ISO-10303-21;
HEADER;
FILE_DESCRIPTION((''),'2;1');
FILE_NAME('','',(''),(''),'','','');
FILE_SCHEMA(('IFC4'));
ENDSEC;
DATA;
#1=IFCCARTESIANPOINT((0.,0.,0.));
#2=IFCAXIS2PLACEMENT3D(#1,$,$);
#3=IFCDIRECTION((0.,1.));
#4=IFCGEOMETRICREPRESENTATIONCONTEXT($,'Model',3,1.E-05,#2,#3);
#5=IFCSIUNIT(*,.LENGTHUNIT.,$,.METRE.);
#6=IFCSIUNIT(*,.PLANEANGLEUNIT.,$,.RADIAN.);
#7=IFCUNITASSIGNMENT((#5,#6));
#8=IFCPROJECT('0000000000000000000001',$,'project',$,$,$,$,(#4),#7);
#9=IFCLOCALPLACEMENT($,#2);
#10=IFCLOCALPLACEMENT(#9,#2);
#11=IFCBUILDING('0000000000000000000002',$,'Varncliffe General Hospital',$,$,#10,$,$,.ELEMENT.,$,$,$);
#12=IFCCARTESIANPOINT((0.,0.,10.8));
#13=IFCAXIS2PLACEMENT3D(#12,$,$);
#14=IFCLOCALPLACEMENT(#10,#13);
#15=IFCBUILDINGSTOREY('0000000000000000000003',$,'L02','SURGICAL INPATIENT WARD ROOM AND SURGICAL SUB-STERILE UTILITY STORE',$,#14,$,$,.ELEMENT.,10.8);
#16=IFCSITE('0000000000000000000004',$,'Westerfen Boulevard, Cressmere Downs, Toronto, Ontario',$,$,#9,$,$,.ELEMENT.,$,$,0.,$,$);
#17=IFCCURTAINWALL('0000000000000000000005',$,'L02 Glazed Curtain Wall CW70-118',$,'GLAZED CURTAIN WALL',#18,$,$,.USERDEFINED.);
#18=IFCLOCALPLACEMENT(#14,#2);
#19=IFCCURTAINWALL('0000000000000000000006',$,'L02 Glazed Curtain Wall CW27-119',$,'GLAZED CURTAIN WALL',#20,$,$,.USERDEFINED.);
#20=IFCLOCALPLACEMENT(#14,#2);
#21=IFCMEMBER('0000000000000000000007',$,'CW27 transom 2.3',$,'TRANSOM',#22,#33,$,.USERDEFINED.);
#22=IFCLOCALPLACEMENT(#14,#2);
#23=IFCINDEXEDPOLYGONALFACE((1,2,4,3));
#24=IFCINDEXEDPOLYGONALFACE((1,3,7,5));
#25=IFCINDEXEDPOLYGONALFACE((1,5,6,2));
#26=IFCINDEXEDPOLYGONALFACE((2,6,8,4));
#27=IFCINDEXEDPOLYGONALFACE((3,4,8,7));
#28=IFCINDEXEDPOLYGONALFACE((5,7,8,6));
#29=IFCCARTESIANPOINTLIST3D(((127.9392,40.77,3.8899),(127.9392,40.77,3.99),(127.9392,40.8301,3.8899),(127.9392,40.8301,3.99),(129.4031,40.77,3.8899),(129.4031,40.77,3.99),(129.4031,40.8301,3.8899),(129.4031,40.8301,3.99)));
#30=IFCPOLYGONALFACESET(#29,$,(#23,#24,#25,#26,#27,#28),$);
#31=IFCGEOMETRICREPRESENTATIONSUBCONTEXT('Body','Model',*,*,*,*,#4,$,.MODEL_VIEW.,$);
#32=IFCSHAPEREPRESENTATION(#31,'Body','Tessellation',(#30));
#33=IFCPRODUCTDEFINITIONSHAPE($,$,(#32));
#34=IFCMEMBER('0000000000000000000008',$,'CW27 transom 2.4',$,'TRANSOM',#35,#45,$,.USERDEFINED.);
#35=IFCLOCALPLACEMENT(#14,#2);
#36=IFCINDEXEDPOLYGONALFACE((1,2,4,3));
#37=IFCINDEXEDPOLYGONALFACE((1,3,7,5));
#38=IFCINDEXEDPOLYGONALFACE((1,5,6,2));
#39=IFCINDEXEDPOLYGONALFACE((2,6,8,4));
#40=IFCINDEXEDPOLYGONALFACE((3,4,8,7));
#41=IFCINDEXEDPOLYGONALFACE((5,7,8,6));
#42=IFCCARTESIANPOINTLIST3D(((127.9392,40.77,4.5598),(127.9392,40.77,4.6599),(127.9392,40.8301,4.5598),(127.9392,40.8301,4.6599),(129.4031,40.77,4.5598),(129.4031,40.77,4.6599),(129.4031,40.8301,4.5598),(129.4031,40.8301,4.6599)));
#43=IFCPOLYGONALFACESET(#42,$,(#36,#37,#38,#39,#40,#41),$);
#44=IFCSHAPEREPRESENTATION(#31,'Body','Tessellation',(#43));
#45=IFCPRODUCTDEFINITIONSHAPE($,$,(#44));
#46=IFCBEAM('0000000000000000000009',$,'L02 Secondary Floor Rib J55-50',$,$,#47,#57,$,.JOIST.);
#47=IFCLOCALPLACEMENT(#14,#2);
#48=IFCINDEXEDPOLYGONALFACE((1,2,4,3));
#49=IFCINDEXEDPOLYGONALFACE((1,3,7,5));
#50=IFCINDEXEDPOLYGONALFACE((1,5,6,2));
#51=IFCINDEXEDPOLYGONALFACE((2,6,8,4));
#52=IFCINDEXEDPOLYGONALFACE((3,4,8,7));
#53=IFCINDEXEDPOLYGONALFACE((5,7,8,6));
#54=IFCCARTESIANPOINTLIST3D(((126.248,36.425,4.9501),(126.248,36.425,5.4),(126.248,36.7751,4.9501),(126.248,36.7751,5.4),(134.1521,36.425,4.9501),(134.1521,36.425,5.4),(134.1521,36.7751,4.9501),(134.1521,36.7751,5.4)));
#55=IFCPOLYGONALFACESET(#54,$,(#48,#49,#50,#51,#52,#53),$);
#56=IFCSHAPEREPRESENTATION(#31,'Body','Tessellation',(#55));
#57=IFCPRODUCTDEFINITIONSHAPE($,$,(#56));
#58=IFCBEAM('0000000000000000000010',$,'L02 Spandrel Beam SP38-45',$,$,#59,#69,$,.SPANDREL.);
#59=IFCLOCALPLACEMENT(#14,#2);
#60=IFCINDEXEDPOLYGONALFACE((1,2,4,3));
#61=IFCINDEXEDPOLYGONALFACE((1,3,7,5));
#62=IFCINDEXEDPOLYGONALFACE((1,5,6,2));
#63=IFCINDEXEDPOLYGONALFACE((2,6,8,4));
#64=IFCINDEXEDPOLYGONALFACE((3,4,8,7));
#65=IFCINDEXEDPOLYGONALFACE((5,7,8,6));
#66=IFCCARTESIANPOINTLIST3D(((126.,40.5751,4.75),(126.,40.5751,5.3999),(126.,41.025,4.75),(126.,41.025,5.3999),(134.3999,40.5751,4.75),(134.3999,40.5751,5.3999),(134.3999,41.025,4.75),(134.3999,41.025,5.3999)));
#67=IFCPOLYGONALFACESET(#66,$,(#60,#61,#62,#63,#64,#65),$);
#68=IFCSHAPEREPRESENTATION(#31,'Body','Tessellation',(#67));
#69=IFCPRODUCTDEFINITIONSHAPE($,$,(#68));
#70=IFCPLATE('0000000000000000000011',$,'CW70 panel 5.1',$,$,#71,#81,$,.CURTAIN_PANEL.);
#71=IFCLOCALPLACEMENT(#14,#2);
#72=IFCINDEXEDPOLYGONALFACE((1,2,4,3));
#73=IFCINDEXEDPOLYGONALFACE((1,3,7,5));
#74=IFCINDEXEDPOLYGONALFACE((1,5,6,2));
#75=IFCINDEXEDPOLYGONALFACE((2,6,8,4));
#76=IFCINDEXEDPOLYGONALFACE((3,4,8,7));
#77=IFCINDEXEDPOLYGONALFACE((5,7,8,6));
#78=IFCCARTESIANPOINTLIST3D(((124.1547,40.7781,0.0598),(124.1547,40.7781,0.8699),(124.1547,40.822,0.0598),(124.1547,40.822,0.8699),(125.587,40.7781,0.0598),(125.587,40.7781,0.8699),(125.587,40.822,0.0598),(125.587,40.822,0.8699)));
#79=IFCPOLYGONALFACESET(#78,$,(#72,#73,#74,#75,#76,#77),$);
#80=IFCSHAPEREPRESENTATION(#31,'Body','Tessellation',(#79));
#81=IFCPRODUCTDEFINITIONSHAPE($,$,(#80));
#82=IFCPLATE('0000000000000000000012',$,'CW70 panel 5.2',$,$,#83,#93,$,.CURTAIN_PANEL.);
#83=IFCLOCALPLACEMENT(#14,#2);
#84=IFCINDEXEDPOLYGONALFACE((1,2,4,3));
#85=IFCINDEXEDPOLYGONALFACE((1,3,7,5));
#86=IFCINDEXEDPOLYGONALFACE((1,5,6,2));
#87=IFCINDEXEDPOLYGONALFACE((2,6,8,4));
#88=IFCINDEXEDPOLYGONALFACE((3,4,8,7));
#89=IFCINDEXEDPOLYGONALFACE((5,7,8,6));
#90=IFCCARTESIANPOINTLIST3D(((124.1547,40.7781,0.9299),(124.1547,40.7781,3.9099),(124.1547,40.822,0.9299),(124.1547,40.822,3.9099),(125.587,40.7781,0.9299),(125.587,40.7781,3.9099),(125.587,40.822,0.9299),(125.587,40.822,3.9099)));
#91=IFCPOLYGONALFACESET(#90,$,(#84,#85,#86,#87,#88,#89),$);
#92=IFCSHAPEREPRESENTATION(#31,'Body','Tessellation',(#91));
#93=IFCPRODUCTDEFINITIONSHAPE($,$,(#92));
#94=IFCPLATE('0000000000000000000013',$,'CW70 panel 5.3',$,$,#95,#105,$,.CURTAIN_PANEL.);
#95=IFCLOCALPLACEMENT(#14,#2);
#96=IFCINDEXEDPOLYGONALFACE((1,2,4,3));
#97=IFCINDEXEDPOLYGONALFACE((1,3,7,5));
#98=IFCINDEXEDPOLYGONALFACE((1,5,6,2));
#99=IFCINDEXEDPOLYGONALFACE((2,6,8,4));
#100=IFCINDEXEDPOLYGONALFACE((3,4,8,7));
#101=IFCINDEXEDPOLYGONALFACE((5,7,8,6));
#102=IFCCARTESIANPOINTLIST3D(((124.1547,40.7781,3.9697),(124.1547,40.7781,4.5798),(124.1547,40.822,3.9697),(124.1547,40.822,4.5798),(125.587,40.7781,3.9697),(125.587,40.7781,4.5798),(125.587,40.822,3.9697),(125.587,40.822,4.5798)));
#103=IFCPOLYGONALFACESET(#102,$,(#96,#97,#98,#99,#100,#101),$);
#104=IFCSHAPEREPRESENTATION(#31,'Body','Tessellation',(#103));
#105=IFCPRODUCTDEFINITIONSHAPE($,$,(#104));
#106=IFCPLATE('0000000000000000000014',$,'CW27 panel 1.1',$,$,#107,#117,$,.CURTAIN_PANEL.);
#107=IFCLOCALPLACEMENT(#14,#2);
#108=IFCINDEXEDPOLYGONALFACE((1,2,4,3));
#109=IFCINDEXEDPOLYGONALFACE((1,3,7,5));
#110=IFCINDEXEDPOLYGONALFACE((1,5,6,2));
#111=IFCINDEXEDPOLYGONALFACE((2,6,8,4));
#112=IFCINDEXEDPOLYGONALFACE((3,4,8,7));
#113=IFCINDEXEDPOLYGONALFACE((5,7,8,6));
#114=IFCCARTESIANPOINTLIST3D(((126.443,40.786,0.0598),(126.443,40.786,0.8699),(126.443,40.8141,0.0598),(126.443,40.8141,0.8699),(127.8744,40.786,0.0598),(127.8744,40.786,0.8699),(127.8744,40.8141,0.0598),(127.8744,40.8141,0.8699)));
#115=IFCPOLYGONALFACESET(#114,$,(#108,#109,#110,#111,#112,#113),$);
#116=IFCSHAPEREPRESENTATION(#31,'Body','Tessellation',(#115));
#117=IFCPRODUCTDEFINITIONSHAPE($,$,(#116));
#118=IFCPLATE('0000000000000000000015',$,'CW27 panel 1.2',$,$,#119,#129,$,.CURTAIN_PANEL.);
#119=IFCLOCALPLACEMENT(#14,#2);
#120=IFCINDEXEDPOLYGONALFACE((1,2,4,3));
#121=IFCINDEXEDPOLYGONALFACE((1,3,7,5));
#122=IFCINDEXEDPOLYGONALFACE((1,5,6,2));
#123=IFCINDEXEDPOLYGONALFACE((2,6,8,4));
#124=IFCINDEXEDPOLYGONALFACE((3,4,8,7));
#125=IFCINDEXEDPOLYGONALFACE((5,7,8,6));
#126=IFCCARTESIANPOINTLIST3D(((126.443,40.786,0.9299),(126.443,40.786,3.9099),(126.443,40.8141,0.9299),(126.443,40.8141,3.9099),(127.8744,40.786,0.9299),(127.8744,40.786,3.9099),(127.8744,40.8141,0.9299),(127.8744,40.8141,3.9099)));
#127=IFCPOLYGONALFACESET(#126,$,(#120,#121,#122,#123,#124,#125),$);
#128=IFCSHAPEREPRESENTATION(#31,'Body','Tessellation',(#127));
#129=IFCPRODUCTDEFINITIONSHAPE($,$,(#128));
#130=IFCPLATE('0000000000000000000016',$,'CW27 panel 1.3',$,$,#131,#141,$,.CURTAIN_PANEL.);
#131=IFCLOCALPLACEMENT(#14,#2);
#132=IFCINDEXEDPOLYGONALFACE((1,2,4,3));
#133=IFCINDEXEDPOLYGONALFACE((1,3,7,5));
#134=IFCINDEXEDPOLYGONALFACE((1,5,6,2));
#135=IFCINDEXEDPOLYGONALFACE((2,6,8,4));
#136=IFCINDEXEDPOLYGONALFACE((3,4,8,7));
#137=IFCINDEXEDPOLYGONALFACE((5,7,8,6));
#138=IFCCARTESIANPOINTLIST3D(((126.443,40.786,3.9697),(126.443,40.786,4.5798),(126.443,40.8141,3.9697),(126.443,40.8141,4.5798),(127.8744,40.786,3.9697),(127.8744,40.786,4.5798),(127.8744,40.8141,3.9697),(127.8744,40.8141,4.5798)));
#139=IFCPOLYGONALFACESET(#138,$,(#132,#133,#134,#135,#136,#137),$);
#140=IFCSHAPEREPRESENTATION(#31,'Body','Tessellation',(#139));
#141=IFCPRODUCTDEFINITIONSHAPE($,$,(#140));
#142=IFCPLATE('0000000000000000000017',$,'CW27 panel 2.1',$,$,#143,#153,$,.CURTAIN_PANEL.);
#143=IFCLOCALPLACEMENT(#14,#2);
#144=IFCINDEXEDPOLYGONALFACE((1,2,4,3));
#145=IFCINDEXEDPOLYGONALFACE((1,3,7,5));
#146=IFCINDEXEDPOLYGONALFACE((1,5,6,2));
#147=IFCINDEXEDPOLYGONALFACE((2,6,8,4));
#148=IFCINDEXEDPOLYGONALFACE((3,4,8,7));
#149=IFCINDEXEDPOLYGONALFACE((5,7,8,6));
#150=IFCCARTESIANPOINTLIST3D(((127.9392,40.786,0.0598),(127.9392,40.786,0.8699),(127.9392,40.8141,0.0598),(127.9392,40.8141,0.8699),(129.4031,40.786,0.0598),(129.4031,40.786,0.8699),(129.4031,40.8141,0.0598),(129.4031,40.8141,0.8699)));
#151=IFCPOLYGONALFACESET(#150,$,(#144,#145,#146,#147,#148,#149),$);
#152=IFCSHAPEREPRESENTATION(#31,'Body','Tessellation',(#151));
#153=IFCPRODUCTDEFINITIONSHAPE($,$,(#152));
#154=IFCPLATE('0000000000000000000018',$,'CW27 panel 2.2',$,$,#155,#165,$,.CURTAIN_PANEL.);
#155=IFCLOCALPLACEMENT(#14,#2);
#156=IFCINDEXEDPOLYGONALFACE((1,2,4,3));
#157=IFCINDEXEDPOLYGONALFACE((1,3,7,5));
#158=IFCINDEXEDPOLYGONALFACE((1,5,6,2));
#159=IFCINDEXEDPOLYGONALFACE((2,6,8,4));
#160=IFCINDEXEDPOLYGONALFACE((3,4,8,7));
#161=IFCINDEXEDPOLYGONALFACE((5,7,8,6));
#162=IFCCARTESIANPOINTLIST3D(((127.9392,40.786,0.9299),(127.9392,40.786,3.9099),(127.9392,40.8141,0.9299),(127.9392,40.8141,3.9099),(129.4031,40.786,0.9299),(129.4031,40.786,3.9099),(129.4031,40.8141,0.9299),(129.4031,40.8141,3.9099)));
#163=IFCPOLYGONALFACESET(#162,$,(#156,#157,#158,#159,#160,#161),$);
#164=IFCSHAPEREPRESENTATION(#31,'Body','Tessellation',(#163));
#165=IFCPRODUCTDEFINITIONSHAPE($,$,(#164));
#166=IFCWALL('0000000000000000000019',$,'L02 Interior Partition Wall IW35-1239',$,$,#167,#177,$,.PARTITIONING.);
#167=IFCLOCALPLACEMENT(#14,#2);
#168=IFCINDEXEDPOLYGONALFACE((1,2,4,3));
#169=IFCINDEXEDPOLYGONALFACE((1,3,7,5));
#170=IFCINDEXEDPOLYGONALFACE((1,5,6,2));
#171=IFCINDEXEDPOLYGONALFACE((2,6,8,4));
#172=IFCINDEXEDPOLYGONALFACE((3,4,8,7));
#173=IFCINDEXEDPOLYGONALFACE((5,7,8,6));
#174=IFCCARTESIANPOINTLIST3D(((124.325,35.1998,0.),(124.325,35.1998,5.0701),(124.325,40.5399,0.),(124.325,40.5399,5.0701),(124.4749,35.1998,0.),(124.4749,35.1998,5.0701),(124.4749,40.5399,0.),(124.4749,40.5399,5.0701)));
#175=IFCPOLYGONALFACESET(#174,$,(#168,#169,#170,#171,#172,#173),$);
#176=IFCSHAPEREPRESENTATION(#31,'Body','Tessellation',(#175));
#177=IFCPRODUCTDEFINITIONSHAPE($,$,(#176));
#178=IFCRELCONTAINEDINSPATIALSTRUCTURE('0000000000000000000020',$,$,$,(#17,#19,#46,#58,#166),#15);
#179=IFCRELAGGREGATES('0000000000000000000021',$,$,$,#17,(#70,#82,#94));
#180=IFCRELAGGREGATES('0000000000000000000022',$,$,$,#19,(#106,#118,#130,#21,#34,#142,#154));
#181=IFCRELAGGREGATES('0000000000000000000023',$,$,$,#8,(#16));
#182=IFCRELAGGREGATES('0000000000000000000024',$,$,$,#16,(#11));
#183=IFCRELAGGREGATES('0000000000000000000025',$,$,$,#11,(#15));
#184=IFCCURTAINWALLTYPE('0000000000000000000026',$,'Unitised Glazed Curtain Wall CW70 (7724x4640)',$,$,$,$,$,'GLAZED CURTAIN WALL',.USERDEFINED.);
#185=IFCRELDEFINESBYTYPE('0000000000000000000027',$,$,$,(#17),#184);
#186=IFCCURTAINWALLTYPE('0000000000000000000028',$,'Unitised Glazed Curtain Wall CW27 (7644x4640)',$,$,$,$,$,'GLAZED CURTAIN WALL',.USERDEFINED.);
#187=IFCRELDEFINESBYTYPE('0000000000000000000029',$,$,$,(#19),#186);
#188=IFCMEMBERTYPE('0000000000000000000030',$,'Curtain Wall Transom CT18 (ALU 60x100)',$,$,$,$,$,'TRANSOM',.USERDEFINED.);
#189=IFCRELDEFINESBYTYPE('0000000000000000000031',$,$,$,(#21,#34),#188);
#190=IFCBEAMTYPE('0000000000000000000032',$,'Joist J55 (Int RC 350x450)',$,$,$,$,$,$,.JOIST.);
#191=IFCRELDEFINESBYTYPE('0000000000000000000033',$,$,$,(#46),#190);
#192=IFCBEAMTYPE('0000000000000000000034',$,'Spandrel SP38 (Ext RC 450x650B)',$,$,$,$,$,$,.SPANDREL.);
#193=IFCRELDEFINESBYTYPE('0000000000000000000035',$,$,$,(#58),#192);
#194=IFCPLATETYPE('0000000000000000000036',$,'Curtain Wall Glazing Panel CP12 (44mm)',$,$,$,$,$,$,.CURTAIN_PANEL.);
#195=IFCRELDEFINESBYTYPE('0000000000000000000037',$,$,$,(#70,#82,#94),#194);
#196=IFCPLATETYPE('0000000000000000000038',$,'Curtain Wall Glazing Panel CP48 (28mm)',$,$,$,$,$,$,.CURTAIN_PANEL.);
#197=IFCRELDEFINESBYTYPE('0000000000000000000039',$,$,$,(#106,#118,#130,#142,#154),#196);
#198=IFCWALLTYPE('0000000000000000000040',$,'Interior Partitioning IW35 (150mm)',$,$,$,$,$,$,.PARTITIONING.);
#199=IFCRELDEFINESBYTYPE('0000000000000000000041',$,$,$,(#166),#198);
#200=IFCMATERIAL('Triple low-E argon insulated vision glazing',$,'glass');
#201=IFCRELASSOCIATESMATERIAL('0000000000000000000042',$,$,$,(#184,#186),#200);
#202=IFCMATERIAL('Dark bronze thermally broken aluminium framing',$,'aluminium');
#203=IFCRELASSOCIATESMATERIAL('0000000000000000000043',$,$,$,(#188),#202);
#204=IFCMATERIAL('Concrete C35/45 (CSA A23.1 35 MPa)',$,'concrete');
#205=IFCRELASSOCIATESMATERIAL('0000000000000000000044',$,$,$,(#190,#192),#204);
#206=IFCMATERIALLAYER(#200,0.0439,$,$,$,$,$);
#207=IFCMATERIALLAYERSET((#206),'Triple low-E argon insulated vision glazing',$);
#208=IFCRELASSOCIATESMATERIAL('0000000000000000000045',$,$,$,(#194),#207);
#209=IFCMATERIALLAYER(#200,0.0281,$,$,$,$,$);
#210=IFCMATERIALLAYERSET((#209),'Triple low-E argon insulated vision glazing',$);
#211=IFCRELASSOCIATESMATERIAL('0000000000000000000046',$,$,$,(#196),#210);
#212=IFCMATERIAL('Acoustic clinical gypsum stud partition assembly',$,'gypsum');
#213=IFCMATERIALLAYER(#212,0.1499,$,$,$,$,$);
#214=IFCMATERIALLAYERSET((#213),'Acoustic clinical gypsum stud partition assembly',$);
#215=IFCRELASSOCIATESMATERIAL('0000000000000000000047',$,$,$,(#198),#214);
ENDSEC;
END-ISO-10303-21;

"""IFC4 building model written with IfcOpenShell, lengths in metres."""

from ifc_helpers import new_model, si_unit, direction, frame, frame_2d, origin, origin_2d, place, context, subcontext, project, spatial, rectangle, extrude, material, layer, layer_set, material_profile, profile_set, type_object, element, aggregate, save


model = new_model("IFC4")

# Units and contexts
model_context = context("Model", 3, precision=1e-05, world=origin(), true_north=direction((0.0, 1.0)))
body_context = subcontext(model_context, "Body", "Model", "MODEL_VIEW")
ifc_project = project(units=[si_unit("LENGTHUNIT", "METRE"), si_unit("PLANEANGLEUNIT", "RADIAN")], contexts=[model_context])

# Site, building, storey
site_placement = place(None, origin())
site = spatial("IfcSite", under=ifc_project, at=site_placement, Name="Westerfen Boulevard, Cressmere Downs, Toronto, Ontario", CompositionType="ELEMENT", RefElevation=0.0)
building_placement = place(site_placement, origin())
building = spatial("IfcBuilding", under=site, at=building_placement, Name="Varncliffe General Hospital", CompositionType="ELEMENT")
storey_placement = place(building_placement, frame((0.0, 0.0, 10.8)))
storey = spatial("IfcBuildingStorey", under=building, at=storey_placement, Name="L02", Description="SURGICAL INPATIENT WARD ROOM AND SURGICAL SUB-STERILE UTILITY STORE", CompositionType="ELEMENT", Elevation=10.8)

# Curtain wall
ifc_material_1 = material(Name="Triple low-E argon insulated vision glazing", Category="glass")
curtain_wall_type_1 = type_object("IfcCurtainWallType", Name="Unitised Glazed Curtain Wall CW70 (7724x4640)", ElementType="GLAZED CURTAIN WALL", PredefinedType="USERDEFINED", material=ifc_material_1)
curtain_wall_1_placement = place(storey_placement, origin())
curtain_wall_1 = element("IfcCurtainWall", 1, at=curtain_wall_1_placement, inside=storey, type_object=curtain_wall_type_1, Name="L02 Glazed Curtain Wall CW70-118", ObjectType="GLAZED CURTAIN WALL", PredefinedType="USERDEFINED")
ifc_material_2 = material(Name="Dark bronze thermally broken aluminium framing", Category="aluminium")

# Curtain wall
curtain_wall_type_2 = type_object("IfcCurtainWallType", Name="Unitised Glazed Curtain Wall CW27 (7644x4640)", ElementType="GLAZED CURTAIN WALL", PredefinedType="USERDEFINED", material=ifc_material_1)
curtain_wall_2_placement = place(storey_placement, origin())
curtain_wall_2 = element("IfcCurtainWall", 2, at=curtain_wall_2_placement, inside=storey, type_object=curtain_wall_type_2, Name="L02 Glazed Curtain Wall CW27-119", ObjectType="GLAZED CURTAIN WALL", PredefinedType="USERDEFINED")

# Members
ifc_material_profile_1 = material_profile(ifc_material_2, rectangle(XDim=0.0601, YDim=0.1001, at=origin_2d()), Name="ALU 60x100")
ifc_profile_set_1 = profile_set([ifc_material_profile_1], Name="Dark bronze thermally broken aluminium framing")
member_type_1 = type_object("IfcMemberType", Name="Curtain Wall Transom CT18 (ALU 60x100)", ElementType="TRANSOM", PredefinedType="USERDEFINED", material=ifc_profile_set_1)
member_1_placement = place(storey_placement, frame((127.9392, 40.8, 3.9399), z_axis=(1.0, 0.0, 0.0), x_axis=(0.0, 1.0, 0.0)))
member_1 = element("IfcMember", 3, at=member_1_placement, type_object=member_type_1, Name="CW27 transom 2.3", ObjectType="TRANSOM", PredefinedType="USERDEFINED", context=body_context, shape_type="SweptSolid", body=[
    extrude(rectangle(XDim=0.0601, YDim=0.1001, at=origin_2d()), origin(), (0.0, 0.0, 1.0), 1.4639),
])
member_2_placement = place(storey_placement, frame((127.9392, 40.8, 4.6099), z_axis=(1.0, 0.0, 0.0), x_axis=(0.0, 1.0, 0.0)))
member_2 = element("IfcMember", 4, at=member_2_placement, type_object=member_type_1, Name="CW27 transom 2.4", ObjectType="TRANSOM", PredefinedType="USERDEFINED", context=body_context, shape_type="SweptSolid", body=[
    extrude(rectangle(XDim=0.0601, YDim=0.1001, at=origin_2d()), origin(), (0.0, 0.0, 1.0), 1.4639),
])

# Beams
ifc_material_3 = material(Name="Concrete C35/45 (CSA A23.1 35 MPa)", Category="concrete")
ifc_material_profile_2 = material_profile(ifc_material_3, rectangle(XDim=0.3501, YDim=0.45, at=origin_2d()), Name="RC 350x450")
ifc_profile_set_2 = profile_set([ifc_material_profile_2], Name="Concrete C35/45 (CSA A23.1 35 MPa)")
beam_type_1 = type_object("IfcBeamType", Name="Joist J55 (Int RC 350x450)", PredefinedType="JOIST", material=ifc_profile_set_2)
beam_1_placement = place(storey_placement, frame((126.248, 36.6001, 5.175), z_axis=(1.0, 0.0, 0.0), x_axis=(0.0, 1.0, 0.0)))
element("IfcBeam", 5, at=beam_1_placement, inside=storey, type_object=beam_type_1, Name="L02 Secondary Floor Rib J55-50", PredefinedType="JOIST", context=body_context, shape_type="SweptSolid", body=[
    extrude(rectangle(XDim=0.3501, YDim=0.45, at=origin_2d()), origin(), (0.0, 0.0, 1.0), 7.9041),
])
ifc_material_profile_3 = material_profile(ifc_material_3, rectangle(XDim=0.45, YDim=0.6499, at=origin_2d()), Name="RC 450x650")
ifc_profile_set_3 = profile_set([ifc_material_profile_3], Name="Concrete C35/45 (CSA A23.1 35 MPa)")
beam_type_2 = type_object("IfcBeamType", Name="Spandrel SP38 (Ext RC 450x650B)", PredefinedType="SPANDREL", material=ifc_profile_set_3)
beam_2_placement = place(storey_placement, frame((126.0, 40.8, 5.075), z_axis=(1.0, 0.0, 0.0), x_axis=(0.0, 1.0, 0.0)))
element("IfcBeam", 6, at=beam_2_placement, inside=storey, type_object=beam_type_2, Name="L02 Spandrel Beam SP38-45", PredefinedType="SPANDREL", context=body_context, shape_type="SweptSolid", body=[
    extrude(rectangle(XDim=0.45, YDim=0.6499, at=origin_2d()), origin(), (0.0, 0.0, 1.0), 8.3999),
])

# Plates
ifc_layer_1 = layer(ifc_material_1, 0.0439)
ifc_layer_set_1 = layer_set([ifc_layer_1], Name="Triple low-E argon insulated vision glazing")
plate_type_1 = type_object("IfcPlateType", Name="Curtain Wall Glazing Panel CP12 (44mm)", PredefinedType="CURTAIN_PANEL", material=ifc_layer_set_1)
plate_1_placement = place(storey_placement, frame((124.8708, 40.8, 0.0598), z_axis=(0.0, 0.0, 1.0), x_axis=(1.0, 0.0, 0.0)))
plate_1 = element("IfcPlate", 7, at=plate_1_placement, type_object=plate_type_1, Name="CW70 panel 5.1", PredefinedType="CURTAIN_PANEL", context=body_context, shape_type="SweptSolid", body=[
    extrude(rectangle(XDim=1.4324, YDim=0.0439, at=origin_2d()), origin(), (0.0, 0.0, 1.0), 0.8101),
])
plate_2_placement = place(storey_placement, frame((124.8708, 40.8, 0.9299), z_axis=(0.0, 0.0, 1.0), x_axis=(1.0, 0.0, 0.0)))
plate_2 = element("IfcPlate", 8, at=plate_2_placement, type_object=plate_type_1, Name="CW70 panel 5.2", PredefinedType="CURTAIN_PANEL", context=body_context, shape_type="SweptSolid", body=[
    extrude(rectangle(XDim=1.4324, YDim=0.0439, at=origin_2d()), origin(), (0.0, 0.0, 1.0), 2.98),
])
plate_3_placement = place(storey_placement, frame((124.8708, 40.8, 3.9697), z_axis=(0.0, 0.0, 1.0), x_axis=(1.0, 0.0, 0.0)))
plate_3 = element("IfcPlate", 9, at=plate_3_placement, type_object=plate_type_1, Name="CW70 panel 5.3", PredefinedType="CURTAIN_PANEL", context=body_context, shape_type="SweptSolid", body=[
    extrude(rectangle(XDim=1.4324, YDim=0.0439, at=origin_2d()), origin(), (0.0, 0.0, 1.0), 0.6101),
])
aggregate(curtain_wall_1, [plate_1, plate_2, plate_3])
ifc_layer_2 = layer(ifc_material_1, 0.0281)
ifc_layer_set_2 = layer_set([ifc_layer_2], Name="Triple low-E argon insulated vision glazing")
plate_type_2 = type_object("IfcPlateType", Name="Curtain Wall Glazing Panel CP48 (28mm)", PredefinedType="CURTAIN_PANEL", material=ifc_layer_set_2)
plate_4_placement = place(storey_placement, frame((127.1587, 40.8, 0.0598), z_axis=(0.0, 0.0, 1.0), x_axis=(1.0, 0.0, 0.0)))
plate_4 = element("IfcPlate", 10, at=plate_4_placement, type_object=plate_type_2, Name="CW27 panel 1.1", PredefinedType="CURTAIN_PANEL", context=body_context, shape_type="SweptSolid", body=[
    extrude(rectangle(XDim=1.4314, YDim=0.0281, at=origin_2d()), origin(), (0.0, 0.0, 1.0), 0.8101),
])
plate_5_placement = place(storey_placement, frame((127.1587, 40.8, 0.9299), z_axis=(0.0, 0.0, 1.0), x_axis=(1.0, 0.0, 0.0)))
plate_5 = element("IfcPlate", 11, at=plate_5_placement, type_object=plate_type_2, Name="CW27 panel 1.2", PredefinedType="CURTAIN_PANEL", context=body_context, shape_type="SweptSolid", body=[
    extrude(rectangle(XDim=1.4314, YDim=0.0281, at=origin_2d()), origin(), (0.0, 0.0, 1.0), 2.98),
])
plate_6_placement = place(storey_placement, frame((127.1587, 40.8, 3.9697), z_axis=(0.0, 0.0, 1.0), x_axis=(1.0, 0.0, 0.0)))
plate_6 = element("IfcPlate", 12, at=plate_6_placement, type_object=plate_type_2, Name="CW27 panel 1.3", PredefinedType="CURTAIN_PANEL", context=body_context, shape_type="SweptSolid", body=[
    extrude(rectangle(XDim=1.4314, YDim=0.0281, at=origin_2d()), origin(), (0.0, 0.0, 1.0), 0.6101),
])
plate_7_placement = place(storey_placement, frame((128.6711, 40.8, 0.0598), z_axis=(0.0, 0.0, 1.0), x_axis=(1.0, 0.0, 0.0)))
plate_7 = element("IfcPlate", 13, at=plate_7_placement, type_object=plate_type_2, Name="CW27 panel 2.1", PredefinedType="CURTAIN_PANEL", context=body_context, shape_type="SweptSolid", body=[
    extrude(rectangle(XDim=1.4639, YDim=0.0281, at=origin_2d()), origin(), (0.0, 0.0, 1.0), 0.8101),
])
plate_8_placement = place(storey_placement, frame((128.6711, 40.8, 0.9299), z_axis=(0.0, 0.0, 1.0), x_axis=(1.0, 0.0, 0.0)))
plate_8 = element("IfcPlate", 14, at=plate_8_placement, type_object=plate_type_2, Name="CW27 panel 2.2", PredefinedType="CURTAIN_PANEL", context=body_context, shape_type="SweptSolid", body=[
    extrude(rectangle(XDim=1.4639, YDim=0.0281, at=origin_2d()), origin(), (0.0, 0.0, 1.0), 2.98),
])
aggregate(curtain_wall_2, [plate_4, plate_5, plate_6, member_1, member_2, plate_7, plate_8])

# Wall
ifc_material_4 = material(Name="Acoustic clinical gypsum stud partition assembly", Category="gypsum")
ifc_layer_3 = layer(ifc_material_4, 0.1499)
ifc_layer_set_3 = layer_set([ifc_layer_3], Name="Acoustic clinical gypsum stud partition assembly")
wall_type = type_object("IfcWallType", Name="Interior Partitioning IW35 (150mm)", PredefinedType="PARTITIONING", material=ifc_layer_set_3)
wall_placement = place(storey_placement, frame((124.3999, 35.2, 0.0), z_axis=(0.0, 0.0, 1.0), x_axis=(0.0, 1.0, 0.0)))
element("IfcWall", 15, at=wall_placement, inside=storey, type_object=wall_type, Name="L02 Interior Partition Wall IW35-1239", PredefinedType="PARTITIONING", context=body_context, shape_type="SweptSolid", body=[
    extrude(rectangle(XDim=5.3401, YDim=0.1499, at=frame_2d((2.6699, 0.0))), origin(), (0.0, 0.0, 1.0), 5.0701),
])

save(model, "model.ifc")
